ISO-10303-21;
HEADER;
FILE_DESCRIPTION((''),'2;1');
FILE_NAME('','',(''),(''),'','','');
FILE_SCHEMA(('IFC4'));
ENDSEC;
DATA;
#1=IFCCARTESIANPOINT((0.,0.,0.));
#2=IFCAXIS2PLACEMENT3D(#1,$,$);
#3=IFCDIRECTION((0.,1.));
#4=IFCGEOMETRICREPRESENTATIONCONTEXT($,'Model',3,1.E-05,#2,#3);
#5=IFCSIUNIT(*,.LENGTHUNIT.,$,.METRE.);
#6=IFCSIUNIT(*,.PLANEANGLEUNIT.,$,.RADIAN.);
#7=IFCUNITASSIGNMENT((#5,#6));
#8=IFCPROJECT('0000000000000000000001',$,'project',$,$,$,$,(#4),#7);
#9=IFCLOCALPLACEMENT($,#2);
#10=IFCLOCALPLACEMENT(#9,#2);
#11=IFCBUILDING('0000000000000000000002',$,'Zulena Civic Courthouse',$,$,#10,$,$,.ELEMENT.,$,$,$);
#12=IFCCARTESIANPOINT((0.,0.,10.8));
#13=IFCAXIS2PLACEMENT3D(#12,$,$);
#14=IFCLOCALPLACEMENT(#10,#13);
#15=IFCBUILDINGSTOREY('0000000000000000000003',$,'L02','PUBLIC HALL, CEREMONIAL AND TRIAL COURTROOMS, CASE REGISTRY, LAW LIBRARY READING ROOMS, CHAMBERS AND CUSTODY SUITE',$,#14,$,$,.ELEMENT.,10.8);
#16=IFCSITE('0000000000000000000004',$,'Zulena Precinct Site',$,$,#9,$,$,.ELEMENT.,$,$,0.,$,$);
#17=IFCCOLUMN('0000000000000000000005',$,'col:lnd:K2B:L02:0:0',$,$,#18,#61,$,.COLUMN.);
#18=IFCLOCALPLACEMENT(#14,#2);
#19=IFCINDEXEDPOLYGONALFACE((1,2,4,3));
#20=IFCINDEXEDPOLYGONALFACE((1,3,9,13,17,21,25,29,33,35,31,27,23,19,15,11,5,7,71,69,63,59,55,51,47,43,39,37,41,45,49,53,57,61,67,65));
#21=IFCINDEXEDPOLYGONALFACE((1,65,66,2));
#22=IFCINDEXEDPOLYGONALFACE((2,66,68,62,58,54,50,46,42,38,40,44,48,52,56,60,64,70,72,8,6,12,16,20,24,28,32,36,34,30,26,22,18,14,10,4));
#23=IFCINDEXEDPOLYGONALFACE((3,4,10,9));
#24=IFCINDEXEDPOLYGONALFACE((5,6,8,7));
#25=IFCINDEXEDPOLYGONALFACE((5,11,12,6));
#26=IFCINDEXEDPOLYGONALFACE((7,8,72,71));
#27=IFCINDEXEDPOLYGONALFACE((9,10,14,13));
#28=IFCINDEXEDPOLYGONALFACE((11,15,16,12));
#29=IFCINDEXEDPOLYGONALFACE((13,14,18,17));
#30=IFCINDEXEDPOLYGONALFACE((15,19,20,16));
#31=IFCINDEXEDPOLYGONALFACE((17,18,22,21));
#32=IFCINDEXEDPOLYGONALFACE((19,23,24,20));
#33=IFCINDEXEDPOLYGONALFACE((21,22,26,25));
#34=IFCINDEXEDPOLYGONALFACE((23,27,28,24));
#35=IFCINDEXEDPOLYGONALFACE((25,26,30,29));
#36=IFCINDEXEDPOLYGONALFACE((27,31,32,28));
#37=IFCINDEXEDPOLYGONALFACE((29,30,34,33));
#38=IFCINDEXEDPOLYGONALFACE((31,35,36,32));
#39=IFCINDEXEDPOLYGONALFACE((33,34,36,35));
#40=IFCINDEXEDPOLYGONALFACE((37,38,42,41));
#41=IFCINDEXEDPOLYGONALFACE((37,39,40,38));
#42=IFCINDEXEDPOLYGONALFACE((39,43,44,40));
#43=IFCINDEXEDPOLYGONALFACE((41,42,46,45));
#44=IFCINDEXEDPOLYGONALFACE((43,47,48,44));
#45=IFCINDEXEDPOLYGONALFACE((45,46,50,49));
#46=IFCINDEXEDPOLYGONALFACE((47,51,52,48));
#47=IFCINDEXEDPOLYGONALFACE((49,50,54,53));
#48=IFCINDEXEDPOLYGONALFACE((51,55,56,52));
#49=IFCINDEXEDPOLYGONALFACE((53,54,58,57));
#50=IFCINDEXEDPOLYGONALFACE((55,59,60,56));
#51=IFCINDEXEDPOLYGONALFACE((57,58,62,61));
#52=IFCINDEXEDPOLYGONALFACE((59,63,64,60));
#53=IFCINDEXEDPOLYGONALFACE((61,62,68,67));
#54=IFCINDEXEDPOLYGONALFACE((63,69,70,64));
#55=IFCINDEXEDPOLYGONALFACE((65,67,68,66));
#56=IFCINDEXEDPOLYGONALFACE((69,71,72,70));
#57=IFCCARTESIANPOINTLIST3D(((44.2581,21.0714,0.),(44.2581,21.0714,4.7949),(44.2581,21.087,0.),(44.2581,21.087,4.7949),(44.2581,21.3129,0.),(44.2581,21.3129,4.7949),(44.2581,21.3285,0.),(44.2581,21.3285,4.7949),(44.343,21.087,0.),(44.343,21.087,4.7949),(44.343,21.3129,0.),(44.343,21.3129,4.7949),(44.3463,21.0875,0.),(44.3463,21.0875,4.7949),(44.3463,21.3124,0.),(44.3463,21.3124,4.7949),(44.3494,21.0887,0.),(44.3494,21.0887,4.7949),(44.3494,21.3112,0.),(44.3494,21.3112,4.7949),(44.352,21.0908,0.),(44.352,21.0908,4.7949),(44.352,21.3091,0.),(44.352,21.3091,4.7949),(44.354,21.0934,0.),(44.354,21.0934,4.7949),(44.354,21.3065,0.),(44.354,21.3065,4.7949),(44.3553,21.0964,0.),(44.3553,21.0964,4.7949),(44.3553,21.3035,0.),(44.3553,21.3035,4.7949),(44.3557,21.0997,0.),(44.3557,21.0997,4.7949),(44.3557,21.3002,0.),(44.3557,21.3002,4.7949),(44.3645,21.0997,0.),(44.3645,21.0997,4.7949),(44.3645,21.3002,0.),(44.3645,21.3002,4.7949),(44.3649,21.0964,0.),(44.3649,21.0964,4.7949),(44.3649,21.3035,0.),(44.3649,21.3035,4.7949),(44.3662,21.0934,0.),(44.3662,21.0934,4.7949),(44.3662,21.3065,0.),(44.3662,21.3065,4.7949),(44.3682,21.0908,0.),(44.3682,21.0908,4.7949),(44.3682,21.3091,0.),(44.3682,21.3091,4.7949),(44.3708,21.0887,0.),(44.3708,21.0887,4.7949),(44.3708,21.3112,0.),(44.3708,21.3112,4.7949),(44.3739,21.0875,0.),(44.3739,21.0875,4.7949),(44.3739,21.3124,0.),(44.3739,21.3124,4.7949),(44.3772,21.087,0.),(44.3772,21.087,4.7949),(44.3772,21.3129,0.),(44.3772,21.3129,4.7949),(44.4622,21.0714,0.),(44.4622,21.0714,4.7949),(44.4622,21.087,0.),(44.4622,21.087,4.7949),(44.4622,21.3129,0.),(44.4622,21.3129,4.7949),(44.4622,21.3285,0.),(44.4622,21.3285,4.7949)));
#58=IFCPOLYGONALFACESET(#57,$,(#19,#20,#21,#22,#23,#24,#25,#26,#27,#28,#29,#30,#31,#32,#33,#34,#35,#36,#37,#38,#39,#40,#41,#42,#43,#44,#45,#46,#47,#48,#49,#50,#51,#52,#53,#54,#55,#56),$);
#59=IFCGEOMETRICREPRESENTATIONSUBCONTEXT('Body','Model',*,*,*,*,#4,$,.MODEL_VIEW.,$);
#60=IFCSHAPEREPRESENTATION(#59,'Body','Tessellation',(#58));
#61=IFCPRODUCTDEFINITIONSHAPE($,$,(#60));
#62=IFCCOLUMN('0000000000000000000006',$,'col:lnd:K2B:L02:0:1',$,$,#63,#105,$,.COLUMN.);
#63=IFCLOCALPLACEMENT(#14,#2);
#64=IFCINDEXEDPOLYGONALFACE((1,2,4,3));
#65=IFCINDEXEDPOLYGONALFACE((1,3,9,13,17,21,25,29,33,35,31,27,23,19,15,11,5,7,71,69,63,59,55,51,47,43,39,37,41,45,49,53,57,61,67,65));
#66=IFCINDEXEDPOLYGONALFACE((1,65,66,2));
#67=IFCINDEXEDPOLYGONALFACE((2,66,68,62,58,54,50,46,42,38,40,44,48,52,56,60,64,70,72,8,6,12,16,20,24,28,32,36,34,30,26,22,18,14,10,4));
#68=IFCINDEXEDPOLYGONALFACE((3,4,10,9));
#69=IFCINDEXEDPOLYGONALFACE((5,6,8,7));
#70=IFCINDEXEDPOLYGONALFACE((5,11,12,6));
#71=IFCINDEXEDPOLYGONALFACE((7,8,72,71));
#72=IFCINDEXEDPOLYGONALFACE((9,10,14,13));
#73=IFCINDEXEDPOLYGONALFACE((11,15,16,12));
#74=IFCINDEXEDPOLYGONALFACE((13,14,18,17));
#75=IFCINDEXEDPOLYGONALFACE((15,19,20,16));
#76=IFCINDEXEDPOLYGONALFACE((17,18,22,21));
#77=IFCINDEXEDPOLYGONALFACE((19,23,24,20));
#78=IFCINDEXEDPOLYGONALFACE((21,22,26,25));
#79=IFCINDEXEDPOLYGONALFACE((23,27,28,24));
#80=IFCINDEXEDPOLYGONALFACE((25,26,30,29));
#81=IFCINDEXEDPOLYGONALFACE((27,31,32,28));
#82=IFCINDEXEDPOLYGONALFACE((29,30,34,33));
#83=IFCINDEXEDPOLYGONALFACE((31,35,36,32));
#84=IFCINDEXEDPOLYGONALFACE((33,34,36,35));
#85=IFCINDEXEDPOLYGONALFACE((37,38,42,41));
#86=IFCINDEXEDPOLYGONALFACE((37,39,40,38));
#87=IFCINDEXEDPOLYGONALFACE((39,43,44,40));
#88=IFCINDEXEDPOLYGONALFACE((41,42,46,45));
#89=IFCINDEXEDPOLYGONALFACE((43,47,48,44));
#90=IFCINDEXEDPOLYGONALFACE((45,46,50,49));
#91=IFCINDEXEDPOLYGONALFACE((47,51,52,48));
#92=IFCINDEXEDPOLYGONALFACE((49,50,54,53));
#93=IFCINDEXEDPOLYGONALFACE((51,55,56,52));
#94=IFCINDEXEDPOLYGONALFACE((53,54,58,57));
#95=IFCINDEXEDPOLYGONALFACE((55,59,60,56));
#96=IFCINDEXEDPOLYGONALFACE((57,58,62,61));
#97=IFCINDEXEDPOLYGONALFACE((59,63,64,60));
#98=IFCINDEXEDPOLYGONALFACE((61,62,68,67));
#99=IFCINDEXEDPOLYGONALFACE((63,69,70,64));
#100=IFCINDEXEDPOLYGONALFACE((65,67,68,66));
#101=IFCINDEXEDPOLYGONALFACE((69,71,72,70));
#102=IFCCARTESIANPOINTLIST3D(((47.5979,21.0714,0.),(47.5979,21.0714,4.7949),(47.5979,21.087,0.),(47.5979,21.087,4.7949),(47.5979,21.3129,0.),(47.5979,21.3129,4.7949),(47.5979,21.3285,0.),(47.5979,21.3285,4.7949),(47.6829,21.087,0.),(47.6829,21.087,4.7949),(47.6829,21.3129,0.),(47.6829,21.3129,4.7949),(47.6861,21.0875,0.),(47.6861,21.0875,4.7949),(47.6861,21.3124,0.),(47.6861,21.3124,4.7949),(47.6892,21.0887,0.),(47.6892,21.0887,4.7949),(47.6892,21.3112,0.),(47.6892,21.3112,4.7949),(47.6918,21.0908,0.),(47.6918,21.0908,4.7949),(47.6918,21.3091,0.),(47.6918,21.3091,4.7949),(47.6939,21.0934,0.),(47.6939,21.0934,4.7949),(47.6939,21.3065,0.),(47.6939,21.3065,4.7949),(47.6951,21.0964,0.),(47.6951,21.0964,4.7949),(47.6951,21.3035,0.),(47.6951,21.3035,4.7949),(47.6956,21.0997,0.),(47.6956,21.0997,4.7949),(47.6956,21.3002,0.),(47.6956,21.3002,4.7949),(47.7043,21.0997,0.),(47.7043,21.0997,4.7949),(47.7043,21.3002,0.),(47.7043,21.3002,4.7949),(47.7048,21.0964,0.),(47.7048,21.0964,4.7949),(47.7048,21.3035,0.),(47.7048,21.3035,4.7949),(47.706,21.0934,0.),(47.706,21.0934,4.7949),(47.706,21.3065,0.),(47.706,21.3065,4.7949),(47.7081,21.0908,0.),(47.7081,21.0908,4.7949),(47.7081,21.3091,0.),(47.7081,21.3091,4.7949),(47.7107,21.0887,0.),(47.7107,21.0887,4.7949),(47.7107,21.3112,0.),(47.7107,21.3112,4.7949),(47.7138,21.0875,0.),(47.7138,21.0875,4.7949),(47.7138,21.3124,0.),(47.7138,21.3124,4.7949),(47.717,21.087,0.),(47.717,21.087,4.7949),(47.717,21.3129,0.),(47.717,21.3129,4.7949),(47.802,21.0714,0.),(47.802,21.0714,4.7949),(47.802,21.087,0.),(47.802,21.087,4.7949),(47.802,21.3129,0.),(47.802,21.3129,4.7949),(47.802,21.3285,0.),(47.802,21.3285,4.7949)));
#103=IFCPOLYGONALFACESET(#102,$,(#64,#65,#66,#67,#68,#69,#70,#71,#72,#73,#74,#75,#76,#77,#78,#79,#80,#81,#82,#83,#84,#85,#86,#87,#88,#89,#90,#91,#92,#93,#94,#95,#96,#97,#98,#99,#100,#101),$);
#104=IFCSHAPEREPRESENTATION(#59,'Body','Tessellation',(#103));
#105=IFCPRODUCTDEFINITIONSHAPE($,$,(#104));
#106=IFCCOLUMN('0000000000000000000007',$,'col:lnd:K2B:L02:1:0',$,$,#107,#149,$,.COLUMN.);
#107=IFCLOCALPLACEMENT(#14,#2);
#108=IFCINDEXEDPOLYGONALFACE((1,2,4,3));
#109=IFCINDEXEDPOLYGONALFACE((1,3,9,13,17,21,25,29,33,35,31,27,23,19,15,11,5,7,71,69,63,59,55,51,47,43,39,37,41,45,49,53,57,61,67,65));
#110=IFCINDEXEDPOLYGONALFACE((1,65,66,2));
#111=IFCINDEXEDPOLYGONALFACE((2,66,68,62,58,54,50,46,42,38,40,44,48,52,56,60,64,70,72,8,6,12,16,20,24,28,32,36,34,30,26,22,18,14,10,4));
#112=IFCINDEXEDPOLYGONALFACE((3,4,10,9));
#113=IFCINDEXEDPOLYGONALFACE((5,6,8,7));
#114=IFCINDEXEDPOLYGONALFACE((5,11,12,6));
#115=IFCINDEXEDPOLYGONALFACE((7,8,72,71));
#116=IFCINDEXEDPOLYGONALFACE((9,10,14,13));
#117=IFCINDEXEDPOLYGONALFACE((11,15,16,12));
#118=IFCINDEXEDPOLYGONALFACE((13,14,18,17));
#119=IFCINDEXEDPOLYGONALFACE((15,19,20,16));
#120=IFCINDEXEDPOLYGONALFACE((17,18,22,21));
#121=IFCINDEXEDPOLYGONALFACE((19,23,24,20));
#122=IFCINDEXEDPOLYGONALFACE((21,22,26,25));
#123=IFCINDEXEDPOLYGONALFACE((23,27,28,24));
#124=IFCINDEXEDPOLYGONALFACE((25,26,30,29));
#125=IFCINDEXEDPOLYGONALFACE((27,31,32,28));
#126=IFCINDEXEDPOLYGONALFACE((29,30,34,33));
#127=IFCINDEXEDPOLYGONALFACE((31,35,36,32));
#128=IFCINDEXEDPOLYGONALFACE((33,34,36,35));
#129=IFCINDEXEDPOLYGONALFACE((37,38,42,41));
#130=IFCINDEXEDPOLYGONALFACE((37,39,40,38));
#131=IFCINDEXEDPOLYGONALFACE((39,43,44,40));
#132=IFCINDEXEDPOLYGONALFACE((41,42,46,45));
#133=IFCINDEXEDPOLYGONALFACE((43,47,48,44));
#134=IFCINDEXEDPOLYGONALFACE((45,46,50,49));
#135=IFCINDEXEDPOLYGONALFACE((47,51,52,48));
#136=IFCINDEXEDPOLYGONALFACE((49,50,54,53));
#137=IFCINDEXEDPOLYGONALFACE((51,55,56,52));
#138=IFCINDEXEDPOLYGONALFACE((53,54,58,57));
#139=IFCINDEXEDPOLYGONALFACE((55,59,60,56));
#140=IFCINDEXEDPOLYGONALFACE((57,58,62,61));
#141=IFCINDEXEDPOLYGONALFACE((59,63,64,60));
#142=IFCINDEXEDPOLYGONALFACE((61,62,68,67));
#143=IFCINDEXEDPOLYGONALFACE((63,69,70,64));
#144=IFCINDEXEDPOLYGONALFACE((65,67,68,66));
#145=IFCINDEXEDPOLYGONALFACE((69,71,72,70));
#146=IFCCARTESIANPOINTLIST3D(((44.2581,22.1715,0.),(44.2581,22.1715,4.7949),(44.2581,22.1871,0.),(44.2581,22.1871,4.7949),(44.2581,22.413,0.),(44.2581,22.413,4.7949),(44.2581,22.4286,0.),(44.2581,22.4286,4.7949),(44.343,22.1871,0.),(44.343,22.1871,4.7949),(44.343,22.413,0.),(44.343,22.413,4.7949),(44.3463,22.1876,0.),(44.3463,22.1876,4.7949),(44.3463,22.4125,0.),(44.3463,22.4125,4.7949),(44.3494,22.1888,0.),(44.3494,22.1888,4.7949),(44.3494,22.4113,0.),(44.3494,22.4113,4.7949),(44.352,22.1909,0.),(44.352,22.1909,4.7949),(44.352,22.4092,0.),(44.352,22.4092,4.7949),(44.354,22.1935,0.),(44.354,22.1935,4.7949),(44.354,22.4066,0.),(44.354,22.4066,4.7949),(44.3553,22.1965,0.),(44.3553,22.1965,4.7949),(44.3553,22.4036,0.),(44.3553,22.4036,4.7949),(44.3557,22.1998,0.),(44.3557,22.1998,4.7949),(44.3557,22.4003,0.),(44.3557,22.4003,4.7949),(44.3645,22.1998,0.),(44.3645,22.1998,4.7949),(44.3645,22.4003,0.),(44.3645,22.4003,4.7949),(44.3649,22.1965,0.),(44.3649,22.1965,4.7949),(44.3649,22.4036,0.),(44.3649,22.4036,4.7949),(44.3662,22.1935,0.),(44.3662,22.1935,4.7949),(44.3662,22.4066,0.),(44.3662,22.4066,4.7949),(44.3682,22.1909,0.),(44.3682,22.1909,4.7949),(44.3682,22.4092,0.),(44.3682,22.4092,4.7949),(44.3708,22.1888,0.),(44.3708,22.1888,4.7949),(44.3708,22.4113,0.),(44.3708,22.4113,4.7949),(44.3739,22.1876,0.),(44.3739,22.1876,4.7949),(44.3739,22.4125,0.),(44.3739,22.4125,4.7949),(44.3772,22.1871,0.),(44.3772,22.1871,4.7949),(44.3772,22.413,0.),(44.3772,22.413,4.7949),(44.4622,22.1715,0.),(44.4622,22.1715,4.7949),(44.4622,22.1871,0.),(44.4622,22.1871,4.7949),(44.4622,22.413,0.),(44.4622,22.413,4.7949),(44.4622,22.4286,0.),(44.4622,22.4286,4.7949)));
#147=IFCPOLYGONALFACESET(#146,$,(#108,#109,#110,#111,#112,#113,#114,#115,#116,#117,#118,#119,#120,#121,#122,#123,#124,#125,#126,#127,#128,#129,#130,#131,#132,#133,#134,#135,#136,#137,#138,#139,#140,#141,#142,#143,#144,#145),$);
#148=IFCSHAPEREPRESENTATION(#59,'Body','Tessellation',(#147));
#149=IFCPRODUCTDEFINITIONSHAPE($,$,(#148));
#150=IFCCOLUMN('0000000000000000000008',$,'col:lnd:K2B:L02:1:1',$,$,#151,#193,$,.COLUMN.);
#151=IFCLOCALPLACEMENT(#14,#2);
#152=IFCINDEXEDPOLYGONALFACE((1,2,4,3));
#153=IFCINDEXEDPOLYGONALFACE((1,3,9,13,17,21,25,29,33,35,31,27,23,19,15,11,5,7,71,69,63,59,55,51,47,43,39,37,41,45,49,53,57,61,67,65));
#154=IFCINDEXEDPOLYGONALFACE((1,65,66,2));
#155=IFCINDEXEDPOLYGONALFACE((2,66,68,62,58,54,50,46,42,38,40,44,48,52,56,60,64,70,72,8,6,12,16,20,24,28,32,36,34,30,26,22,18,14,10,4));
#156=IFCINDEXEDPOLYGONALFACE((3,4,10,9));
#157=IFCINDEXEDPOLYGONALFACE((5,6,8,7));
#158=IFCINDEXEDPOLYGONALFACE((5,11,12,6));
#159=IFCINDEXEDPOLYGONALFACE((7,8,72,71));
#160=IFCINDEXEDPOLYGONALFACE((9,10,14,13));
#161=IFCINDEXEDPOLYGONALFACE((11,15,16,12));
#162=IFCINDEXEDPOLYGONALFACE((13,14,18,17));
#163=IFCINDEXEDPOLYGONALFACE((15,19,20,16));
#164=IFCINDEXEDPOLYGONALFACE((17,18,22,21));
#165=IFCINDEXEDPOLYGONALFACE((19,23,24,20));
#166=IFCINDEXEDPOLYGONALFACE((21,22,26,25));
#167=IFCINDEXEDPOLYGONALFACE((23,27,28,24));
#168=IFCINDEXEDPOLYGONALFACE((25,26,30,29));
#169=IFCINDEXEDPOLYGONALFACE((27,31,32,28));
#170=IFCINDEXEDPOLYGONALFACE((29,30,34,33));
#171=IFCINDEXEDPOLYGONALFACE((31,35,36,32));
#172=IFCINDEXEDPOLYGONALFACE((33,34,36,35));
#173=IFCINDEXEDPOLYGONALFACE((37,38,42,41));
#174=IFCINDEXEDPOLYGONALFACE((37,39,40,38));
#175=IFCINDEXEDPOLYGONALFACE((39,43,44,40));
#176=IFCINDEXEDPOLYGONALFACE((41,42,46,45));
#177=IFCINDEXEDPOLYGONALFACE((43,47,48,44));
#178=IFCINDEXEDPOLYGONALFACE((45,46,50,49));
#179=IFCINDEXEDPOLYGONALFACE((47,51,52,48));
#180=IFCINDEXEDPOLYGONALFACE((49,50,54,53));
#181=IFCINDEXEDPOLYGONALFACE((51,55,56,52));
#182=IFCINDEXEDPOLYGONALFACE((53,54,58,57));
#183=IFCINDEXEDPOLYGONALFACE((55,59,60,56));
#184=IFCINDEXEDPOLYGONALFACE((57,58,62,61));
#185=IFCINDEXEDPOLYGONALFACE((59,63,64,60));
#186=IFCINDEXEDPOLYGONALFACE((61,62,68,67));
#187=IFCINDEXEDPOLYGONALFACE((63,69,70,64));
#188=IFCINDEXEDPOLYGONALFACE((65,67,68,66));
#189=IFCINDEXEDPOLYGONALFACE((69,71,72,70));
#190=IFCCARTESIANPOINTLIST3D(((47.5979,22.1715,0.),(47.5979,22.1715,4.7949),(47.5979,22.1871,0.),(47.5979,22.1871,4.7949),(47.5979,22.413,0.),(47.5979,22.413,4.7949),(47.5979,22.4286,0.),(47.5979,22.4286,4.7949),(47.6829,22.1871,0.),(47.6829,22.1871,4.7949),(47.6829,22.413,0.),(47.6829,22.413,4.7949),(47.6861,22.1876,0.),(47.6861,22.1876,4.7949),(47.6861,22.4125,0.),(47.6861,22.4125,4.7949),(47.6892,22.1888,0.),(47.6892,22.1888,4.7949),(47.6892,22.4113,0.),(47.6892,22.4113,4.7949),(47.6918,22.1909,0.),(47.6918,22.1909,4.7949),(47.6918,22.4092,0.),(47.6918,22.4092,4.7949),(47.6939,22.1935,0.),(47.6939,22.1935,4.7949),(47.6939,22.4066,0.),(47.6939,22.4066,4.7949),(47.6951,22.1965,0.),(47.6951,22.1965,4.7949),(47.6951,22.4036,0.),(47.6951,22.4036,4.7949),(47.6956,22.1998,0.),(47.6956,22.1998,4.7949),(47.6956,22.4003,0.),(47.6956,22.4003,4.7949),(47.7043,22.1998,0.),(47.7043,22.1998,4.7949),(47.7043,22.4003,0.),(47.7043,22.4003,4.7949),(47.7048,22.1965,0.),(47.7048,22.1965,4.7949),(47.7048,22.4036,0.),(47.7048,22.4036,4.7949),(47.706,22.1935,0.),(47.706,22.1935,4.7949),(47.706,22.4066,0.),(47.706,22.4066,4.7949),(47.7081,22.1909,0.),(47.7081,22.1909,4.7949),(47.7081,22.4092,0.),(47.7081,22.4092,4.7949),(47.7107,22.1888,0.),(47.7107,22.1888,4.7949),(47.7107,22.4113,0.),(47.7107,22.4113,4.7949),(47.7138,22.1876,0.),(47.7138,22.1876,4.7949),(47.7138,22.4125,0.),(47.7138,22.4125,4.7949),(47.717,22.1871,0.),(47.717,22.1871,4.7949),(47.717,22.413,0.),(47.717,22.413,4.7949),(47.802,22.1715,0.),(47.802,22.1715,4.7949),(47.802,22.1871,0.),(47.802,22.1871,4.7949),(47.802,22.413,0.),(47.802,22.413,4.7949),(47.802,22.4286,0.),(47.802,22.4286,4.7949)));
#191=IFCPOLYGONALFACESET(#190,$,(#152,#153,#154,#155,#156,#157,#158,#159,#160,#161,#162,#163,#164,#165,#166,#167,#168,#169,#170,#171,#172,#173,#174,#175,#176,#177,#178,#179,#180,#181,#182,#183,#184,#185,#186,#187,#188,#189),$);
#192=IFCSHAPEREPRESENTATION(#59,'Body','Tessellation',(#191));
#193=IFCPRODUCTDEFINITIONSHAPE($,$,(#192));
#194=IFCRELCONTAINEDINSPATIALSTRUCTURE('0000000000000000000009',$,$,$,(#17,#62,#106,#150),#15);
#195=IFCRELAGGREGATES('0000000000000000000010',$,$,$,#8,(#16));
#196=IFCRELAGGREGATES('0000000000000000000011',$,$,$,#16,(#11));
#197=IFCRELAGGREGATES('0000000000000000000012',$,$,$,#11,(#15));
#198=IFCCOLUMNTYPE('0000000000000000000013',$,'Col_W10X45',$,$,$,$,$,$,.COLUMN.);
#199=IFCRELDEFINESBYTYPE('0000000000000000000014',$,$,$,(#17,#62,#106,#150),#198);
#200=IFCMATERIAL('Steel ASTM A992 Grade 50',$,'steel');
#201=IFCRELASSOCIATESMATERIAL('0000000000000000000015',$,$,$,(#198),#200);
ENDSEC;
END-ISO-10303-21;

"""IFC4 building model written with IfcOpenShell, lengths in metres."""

from ifc_helpers import new_model, si_unit, direction, frame, origin, origin_2d, place, context, subcontext, project, spatial, i_section, extrude, material, material_profile, profile_set, type_object, element, save


model = new_model("IFC4")

# Units and contexts
model_context = context("Model", 3, precision=1e-05, world=origin(), true_north=direction((0.0, 1.0)))
body_context = subcontext(model_context, "Body", "Model", "MODEL_VIEW")
ifc_project = project(units=[si_unit("LENGTHUNIT", "METRE"), si_unit("PLANEANGLEUNIT", "RADIAN")], contexts=[model_context])

# Site, building, storey
site_placement = place(None, origin())
site = spatial("IfcSite", under=ifc_project, at=site_placement, Name="Zulena Precinct Site", CompositionType="ELEMENT", RefElevation=0.0)
building_placement = place(site_placement, origin())
building = spatial("IfcBuilding", under=site, at=building_placement, Name="Zulena Civic Courthouse", CompositionType="ELEMENT")
storey_placement = place(building_placement, frame((0.0, 0.0, 10.8)))
storey = spatial("IfcBuildingStorey", under=building, at=storey_placement, Name="L02", Description="PUBLIC HALL, CEREMONIAL AND TRIAL COURTROOMS, CASE REGISTRY, LAW LIBRARY READING ROOMS, CHAMBERS AND CUSTODY SUITE", CompositionType="ELEMENT", Elevation=10.8)

# Columns
ifc_material_1 = material(Name="Steel ASTM A992 Grade 50", Category="steel")
ifc_material_profile_1 = material_profile(ifc_material_1, i_section(OverallWidth=0.2041, OverallDepth=0.2571, WebThickness=0.0088, FlangeThickness=0.0156, FilletRadius=0.0127, at=origin_2d()), Name="W10X45")
ifc_profile_set_1 = profile_set([ifc_material_profile_1], Name="Steel ASTM A992 Grade 50")
column_type_1 = type_object("IfcColumnType", Name="Col_W10X45", PredefinedType="COLUMN", material=ifc_profile_set_1)
for number, where, z_axis, x_axis, name in (
    (1, (44.3601, 21.2, 0.0), (0.0, 0.0, 1.0), (1.0, 0.0, 0.0), "col:lnd:K2B:L02:0:0"),
    (2, (47.7, 21.2, 0.0), (0.0, 0.0, 1.0), (1.0, 0.0, 0.0), "col:lnd:K2B:L02:0:1"),
    (3, (44.3601, 22.3, 0.0), (0.0, 0.0, 1.0), (1.0, 0.0, 0.0), "col:lnd:K2B:L02:1:0"),
    (4, (47.7, 22.3, 0.0), (0.0, 0.0, 1.0), (1.0, 0.0, 0.0), "col:lnd:K2B:L02:1:1"),
):
    element("IfcColumn", number, at=place(storey_placement, frame(where, z_axis=z_axis, x_axis=x_axis)), inside=storey, type_object=column_type_1, Name=name, PredefinedType="COLUMN", context=body_context, shape_type="SweptSolid", body=[
        extrude(i_section(OverallWidth=0.2041, OverallDepth=0.2571, WebThickness=0.0088, FlangeThickness=0.0156, FilletRadius=0.0127, at=origin_2d()), origin(), (0.0, 0.0, 1.0), 4.7949),
    ])

save(model, "model.ifc")
